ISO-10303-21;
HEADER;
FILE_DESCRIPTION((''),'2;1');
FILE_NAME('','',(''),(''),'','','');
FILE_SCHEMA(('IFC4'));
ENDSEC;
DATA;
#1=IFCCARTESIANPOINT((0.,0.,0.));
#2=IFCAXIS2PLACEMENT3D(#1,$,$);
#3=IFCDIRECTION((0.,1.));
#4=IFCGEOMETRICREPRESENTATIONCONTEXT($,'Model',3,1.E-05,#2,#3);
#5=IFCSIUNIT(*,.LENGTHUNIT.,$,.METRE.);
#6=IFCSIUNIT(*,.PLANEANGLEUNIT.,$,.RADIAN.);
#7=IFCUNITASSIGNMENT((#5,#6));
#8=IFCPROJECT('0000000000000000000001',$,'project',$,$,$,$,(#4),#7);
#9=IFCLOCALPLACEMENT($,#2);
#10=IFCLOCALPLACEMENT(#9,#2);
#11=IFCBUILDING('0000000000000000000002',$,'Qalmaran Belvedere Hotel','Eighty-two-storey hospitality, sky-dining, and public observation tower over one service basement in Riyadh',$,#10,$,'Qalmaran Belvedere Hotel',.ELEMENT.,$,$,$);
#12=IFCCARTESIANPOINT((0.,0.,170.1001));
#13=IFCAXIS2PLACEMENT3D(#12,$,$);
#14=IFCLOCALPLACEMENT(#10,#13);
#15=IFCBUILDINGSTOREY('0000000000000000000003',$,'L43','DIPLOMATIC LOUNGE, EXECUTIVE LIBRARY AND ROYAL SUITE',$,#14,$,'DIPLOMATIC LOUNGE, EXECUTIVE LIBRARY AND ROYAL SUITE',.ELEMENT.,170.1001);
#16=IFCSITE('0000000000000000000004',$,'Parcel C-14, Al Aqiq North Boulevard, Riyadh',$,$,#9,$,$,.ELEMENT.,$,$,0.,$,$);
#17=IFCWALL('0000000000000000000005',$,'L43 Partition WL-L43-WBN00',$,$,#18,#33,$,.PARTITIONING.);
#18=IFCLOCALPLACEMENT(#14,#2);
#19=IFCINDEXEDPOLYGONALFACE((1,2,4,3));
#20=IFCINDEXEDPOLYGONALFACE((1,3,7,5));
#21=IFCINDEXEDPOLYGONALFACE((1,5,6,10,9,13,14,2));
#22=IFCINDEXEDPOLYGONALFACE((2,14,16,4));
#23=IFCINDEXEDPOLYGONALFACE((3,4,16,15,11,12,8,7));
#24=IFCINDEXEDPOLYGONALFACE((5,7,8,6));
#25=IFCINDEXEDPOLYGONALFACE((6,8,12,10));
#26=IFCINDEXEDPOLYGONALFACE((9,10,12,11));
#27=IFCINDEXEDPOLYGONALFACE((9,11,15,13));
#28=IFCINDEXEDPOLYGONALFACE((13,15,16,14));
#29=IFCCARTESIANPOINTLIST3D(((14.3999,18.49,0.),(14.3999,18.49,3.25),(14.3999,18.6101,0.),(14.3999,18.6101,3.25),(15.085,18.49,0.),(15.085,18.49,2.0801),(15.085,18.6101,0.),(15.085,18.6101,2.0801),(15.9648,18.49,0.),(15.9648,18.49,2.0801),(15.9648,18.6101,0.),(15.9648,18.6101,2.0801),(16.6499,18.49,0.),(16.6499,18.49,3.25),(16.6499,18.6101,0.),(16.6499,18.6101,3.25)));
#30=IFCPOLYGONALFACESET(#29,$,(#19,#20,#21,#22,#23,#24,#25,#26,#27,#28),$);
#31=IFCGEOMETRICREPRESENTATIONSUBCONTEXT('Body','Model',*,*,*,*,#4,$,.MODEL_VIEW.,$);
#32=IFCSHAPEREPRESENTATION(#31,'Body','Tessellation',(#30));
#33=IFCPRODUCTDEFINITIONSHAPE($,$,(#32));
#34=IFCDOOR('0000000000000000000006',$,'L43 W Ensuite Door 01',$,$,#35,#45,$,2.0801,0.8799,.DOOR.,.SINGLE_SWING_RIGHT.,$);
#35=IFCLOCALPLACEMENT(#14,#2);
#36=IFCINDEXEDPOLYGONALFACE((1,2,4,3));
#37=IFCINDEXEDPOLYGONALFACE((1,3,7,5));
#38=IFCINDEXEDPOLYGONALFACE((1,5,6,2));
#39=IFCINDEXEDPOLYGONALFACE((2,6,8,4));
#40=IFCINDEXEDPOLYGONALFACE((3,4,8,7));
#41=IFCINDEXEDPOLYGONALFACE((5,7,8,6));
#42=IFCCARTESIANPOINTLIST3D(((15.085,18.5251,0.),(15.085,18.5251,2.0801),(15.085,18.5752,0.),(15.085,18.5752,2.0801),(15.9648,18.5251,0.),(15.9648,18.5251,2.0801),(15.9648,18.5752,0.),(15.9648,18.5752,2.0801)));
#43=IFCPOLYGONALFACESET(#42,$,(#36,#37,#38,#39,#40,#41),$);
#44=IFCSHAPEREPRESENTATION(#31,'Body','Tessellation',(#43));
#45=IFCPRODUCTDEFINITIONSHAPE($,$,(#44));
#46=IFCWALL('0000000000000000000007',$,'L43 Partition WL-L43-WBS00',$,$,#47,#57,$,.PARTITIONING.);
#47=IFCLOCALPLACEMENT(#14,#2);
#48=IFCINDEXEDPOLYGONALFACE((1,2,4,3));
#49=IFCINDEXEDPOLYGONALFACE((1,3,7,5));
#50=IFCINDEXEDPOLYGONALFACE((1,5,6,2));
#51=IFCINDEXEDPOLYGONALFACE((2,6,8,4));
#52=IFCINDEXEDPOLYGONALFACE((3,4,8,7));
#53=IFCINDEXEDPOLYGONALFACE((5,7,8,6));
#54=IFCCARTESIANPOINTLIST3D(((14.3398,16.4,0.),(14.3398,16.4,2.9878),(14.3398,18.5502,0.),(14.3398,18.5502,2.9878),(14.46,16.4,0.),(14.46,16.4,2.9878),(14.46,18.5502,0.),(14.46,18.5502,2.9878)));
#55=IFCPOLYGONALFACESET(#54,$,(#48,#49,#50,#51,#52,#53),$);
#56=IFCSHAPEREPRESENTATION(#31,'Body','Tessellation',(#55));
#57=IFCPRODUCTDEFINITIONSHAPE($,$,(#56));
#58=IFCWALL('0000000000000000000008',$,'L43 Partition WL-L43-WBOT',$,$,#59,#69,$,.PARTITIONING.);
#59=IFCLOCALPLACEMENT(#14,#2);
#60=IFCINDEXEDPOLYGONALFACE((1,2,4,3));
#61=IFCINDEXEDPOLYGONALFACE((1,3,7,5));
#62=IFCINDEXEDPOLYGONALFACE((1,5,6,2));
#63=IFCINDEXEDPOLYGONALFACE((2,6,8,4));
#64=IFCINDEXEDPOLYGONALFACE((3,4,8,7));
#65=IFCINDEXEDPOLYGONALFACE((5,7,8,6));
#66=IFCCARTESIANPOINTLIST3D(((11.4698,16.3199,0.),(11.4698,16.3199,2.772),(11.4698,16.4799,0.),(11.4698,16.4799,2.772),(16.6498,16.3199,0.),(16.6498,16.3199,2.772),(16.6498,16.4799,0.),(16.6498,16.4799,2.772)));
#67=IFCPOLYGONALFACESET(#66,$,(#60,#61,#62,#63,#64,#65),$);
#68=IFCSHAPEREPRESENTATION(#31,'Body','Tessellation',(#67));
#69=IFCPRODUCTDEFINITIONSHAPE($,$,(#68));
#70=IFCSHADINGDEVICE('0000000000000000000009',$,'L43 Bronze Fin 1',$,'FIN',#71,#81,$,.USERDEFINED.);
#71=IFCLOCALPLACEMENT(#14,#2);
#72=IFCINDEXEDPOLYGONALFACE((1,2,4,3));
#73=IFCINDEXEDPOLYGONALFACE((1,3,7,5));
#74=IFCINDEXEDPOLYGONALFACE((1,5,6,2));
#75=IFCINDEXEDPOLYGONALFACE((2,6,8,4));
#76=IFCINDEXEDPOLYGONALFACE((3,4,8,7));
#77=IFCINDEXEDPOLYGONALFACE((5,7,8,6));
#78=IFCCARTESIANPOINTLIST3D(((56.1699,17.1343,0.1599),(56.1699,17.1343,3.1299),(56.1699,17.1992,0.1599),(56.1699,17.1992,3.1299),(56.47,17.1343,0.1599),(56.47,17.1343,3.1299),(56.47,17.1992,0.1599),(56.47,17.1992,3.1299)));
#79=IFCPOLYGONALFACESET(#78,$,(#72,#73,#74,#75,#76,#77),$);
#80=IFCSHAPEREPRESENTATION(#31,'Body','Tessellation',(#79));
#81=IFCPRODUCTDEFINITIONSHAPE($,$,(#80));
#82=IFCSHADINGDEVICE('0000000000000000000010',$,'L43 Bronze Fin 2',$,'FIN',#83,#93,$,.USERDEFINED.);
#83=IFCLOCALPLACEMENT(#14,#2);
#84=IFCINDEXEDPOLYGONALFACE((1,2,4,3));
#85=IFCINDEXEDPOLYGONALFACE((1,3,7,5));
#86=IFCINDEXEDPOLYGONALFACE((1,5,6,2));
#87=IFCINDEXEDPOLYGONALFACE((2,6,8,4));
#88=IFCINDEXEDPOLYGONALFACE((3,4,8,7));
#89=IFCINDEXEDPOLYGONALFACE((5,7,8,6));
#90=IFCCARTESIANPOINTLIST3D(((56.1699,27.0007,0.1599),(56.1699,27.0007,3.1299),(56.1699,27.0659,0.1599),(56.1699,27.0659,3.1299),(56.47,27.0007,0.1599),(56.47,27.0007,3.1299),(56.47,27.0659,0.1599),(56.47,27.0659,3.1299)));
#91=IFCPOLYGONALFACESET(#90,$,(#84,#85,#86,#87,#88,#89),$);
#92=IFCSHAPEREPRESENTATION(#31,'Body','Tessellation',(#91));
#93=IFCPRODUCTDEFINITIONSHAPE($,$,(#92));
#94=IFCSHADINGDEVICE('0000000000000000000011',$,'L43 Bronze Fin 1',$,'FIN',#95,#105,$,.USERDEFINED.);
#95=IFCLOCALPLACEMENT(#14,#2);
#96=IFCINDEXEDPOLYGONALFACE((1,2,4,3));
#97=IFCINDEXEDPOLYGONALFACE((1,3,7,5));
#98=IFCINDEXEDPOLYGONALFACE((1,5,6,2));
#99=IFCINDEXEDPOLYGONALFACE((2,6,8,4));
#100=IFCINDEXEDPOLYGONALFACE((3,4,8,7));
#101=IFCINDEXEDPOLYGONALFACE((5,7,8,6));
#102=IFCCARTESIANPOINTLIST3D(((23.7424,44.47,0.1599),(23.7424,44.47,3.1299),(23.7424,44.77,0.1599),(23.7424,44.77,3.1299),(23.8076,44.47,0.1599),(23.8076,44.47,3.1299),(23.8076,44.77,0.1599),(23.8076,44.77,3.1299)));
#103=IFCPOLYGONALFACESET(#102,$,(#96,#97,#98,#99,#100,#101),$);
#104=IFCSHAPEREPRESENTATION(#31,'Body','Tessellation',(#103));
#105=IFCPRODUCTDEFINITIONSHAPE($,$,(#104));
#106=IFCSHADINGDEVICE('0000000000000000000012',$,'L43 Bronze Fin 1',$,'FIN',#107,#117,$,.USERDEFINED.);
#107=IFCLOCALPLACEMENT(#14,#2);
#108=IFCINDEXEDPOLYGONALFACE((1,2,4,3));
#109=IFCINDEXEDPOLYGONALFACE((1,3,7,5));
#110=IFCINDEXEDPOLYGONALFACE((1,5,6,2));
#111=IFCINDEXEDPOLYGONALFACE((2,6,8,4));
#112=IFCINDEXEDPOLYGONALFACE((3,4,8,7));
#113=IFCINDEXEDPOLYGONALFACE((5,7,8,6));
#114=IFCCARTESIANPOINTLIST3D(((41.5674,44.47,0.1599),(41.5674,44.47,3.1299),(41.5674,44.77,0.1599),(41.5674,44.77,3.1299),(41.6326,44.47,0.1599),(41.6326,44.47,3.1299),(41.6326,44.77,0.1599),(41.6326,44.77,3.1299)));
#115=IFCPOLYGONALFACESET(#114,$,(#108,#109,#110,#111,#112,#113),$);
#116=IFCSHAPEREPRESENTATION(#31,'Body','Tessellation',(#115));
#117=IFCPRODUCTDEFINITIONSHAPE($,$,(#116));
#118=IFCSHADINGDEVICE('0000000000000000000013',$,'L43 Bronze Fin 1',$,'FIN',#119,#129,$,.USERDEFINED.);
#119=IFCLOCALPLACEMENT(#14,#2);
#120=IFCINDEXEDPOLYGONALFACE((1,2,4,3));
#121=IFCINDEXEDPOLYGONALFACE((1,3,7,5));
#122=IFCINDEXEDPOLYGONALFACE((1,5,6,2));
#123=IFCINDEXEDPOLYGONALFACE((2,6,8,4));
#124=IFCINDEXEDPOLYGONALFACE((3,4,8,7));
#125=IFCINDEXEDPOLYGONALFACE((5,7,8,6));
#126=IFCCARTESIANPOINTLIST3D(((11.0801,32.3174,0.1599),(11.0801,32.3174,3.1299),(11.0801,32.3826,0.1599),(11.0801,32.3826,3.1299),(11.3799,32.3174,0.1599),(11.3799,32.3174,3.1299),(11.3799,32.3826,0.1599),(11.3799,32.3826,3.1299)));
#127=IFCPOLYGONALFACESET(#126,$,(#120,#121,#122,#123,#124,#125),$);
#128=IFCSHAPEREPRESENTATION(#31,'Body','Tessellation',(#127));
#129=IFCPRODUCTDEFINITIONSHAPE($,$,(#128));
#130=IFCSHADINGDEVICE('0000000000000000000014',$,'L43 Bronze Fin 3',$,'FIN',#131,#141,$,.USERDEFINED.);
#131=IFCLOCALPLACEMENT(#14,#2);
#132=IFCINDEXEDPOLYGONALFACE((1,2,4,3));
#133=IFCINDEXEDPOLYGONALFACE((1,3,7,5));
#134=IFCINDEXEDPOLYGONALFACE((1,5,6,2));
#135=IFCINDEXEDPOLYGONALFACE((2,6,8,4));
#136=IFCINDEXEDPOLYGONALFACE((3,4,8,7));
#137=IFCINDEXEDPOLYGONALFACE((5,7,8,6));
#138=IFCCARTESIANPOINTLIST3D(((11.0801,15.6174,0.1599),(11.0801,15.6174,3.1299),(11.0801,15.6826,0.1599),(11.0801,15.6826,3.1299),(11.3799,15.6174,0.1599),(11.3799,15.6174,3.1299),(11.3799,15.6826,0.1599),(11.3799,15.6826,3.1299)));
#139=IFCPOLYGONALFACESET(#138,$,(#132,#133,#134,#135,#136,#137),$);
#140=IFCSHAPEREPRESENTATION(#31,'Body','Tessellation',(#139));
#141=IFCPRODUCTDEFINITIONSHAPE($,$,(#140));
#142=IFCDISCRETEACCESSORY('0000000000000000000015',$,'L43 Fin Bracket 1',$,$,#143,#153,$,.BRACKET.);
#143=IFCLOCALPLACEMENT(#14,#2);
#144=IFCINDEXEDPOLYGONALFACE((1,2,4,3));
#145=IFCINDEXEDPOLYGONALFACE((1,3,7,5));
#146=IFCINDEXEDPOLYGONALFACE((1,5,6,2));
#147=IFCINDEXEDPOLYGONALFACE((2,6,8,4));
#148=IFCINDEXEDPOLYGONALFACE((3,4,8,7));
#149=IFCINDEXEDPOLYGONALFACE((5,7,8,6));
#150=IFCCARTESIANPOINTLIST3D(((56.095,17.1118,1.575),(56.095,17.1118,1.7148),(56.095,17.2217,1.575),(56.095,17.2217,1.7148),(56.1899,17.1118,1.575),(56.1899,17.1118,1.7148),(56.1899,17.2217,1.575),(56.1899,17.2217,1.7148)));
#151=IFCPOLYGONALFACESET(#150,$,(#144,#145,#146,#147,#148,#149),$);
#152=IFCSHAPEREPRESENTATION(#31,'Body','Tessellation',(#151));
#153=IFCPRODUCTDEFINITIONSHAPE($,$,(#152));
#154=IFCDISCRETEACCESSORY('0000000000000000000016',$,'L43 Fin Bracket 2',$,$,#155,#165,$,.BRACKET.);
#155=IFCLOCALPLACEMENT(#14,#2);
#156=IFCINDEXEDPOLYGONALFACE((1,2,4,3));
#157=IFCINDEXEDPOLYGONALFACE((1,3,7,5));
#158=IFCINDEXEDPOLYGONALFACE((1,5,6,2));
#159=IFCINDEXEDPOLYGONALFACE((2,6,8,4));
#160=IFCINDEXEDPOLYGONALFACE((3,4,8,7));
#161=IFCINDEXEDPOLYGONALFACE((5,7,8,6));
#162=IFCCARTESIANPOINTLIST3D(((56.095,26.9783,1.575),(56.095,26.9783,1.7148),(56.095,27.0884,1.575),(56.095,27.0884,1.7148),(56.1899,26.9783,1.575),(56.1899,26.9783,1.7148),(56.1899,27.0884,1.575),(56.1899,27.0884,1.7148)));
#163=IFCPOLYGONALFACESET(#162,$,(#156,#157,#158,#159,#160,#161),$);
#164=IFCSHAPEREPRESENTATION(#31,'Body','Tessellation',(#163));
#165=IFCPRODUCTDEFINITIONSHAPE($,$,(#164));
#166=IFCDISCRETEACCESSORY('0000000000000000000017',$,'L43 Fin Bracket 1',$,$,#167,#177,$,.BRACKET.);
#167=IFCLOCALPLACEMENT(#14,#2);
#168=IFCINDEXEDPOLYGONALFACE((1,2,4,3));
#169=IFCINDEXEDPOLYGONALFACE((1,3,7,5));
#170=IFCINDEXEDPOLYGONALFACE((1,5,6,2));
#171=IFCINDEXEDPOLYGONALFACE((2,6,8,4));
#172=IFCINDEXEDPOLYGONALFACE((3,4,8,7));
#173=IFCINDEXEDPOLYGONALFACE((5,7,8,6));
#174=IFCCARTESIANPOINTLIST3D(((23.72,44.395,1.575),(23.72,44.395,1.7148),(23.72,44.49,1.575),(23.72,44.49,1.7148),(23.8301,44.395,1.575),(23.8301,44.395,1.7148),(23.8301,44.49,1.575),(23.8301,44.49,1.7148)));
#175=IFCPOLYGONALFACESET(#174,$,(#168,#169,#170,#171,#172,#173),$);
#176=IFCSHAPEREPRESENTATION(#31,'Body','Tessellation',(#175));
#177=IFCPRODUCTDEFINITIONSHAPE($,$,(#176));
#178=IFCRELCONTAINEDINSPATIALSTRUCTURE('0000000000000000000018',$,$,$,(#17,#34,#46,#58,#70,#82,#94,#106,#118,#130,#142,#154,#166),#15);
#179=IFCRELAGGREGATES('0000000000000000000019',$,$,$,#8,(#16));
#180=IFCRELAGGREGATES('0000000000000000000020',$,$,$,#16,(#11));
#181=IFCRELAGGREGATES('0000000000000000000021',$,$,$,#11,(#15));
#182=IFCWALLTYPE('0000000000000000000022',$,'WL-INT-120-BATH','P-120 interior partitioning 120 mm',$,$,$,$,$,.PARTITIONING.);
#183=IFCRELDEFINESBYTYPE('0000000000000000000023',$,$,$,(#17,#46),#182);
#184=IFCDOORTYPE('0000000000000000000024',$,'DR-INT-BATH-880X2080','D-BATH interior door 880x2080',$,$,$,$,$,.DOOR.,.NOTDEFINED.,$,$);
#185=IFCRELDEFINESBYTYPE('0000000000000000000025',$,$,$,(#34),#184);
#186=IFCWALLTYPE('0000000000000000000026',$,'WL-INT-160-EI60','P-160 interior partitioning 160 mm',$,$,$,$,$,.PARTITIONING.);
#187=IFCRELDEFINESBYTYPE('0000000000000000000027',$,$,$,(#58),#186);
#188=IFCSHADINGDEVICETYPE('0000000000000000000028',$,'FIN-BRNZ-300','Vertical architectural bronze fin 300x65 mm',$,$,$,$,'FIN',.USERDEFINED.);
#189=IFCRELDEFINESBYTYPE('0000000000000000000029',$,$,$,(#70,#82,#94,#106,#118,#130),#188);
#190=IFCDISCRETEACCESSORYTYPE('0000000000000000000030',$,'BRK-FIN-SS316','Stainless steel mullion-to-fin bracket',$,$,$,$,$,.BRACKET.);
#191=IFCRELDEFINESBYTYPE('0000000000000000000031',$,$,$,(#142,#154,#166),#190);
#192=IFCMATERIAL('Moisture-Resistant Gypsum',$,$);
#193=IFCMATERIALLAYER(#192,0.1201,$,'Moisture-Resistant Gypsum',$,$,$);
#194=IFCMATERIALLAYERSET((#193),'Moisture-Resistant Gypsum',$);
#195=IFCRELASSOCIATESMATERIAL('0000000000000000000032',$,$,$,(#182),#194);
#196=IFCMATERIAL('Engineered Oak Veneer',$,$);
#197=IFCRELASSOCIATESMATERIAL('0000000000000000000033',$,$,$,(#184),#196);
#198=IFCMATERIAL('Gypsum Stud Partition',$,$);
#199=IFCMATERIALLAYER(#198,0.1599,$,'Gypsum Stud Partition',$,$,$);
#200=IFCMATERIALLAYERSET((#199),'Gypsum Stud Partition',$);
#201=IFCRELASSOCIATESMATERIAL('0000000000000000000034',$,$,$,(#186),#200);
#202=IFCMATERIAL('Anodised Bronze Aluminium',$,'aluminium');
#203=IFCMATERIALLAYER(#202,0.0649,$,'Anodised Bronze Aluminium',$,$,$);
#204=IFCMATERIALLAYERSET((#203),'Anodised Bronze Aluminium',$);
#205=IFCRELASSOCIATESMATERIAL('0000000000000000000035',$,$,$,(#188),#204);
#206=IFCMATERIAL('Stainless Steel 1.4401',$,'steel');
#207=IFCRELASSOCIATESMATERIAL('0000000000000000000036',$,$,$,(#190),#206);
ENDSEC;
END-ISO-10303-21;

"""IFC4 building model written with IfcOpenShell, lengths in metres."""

from ifc_helpers import new_model, si_unit, direction, frame, frame_2d, origin, place, context, subcontext, project, spatial, polyline, rectangle, outline, extrude, material, layer, layer_set, type_object, element, fill, save


model = new_model("IFC4")

# Units and contexts
model_context = context("Model", 3, precision=1e-05, world=origin(), true_north=direction((0.0, 1.0)))
body_context = subcontext(model_context, "Body", "Model", "MODEL_VIEW")
ifc_project = project(units=[si_unit("LENGTHUNIT", "METRE"), si_unit("PLANEANGLEUNIT", "RADIAN")], contexts=[model_context])

# Site, building, storey
site_placement = place(None, origin())
site = spatial("IfcSite", under=ifc_project, at=site_placement, Name="Parcel C-14, Al Aqiq North Boulevard, Riyadh", CompositionType="ELEMENT", RefElevation=0.0)
building_placement = place(site_placement, origin())
building = spatial("IfcBuilding", under=site, at=building_placement, Name="Qalmaran Belvedere Hotel", Description="Eighty-two-storey hospitality, sky-dining, and public observation tower over one service basement in Riyadh", LongName="Qalmaran Belvedere Hotel", CompositionType="ELEMENT")
storey_placement = place(building_placement, frame((0.0, 0.0, 170.1001)))
storey = spatial("IfcBuildingStorey", under=building, at=storey_placement, Name="L43", Description="DIPLOMATIC LOUNGE, EXECUTIVE LIBRARY AND ROYAL SUITE", LongName="DIPLOMATIC LOUNGE, EXECUTIVE LIBRARY AND ROYAL SUITE", CompositionType="ELEMENT", Elevation=170.1001)

# Shared definitions
ifc_material_1 = material(Name="Anodised Bronze Aluminium", Category="aluminium")

# Wall, opening, door
ifc_material_2 = material(Name="Moisture-Resistant Gypsum")
ifc_layer_1 = layer(ifc_material_2, 0.1201, Name="Moisture-Resistant Gypsum")
ifc_layer_set_1 = layer_set([ifc_layer_1], Name="Moisture-Resistant Gypsum")
wall_type_1 = type_object("IfcWallType", Name="WL-INT-120-BATH", Description="P-120 interior partitioning 120 mm", PredefinedType="PARTITIONING", material=ifc_layer_set_1)
wall_1_placement = place(storey_placement, frame((14.3999, 18.55, 0.0), z_axis=(0.0, 0.0, 1.0), x_axis=(1.0, 0.0, 0.0)))
wall_1 = element("IfcWall", 1, at=wall_1_placement, inside=storey, type_object=wall_type_1, Name="L43 Partition WL-L43-WBN00", PredefinedType="PARTITIONING", context=body_context, shape_type="SweptSolid", body=[
    extrude(rectangle(XDim=2.25, YDim=0.1201, at=frame_2d((1.125, 0.0))), origin(), (0.0, 0.0, 1.0), 3.25),
])
opening_1_placement = place(wall_1_placement, frame((1.5649, 0.0, 0.0), z_axis=(0.0, 0.0, 1.0), x_axis=(-1.0, 0.0, 0.0)))
opening_1 = element("IfcOpeningElement", 2, at=opening_1_placement, cuts=wall_1, PredefinedType="OPENING", context=body_context, shape_type="SweptSolid", body=[
    extrude(rectangle(XDim=0.8799, YDim=2.0801, at=frame_2d((0.4399, 1.04))), frame((0.0, 0.0701, 0.0), z_axis=(0.0, -1.0, 0.0), x_axis=(1.0, 0.0, 0.0)), (0.0, 0.0, 1.0), 0.1401),
])
ifc_material_3 = material(Name="Engineered Oak Veneer")
door_type = type_object("IfcDoorType", Name="DR-INT-BATH-880X2080", Description="D-BATH interior door 880x2080", OperationType="NOTDEFINED", PredefinedType="DOOR", material=ifc_material_3)
door_placement = place(opening_1_placement, origin())
door = element("IfcDoor", 3, at=door_placement, inside=storey, type_object=door_type, Name="L43 W Ensuite Door 01", OperationType="SINGLE_SWING_RIGHT", OverallHeight=2.0801, OverallWidth=0.8799, PredefinedType="DOOR", context=body_context, shape_type="SweptSolid", body=[
    extrude(rectangle(XDim=0.8799, YDim=2.0801, at=frame_2d((0.4399, 1.04))), frame((0.0, 0.0249, 0.0), z_axis=(0.0, -1.0, 0.0), x_axis=(1.0, 0.0, 0.0)), (0.0, 0.0, 1.0), 0.05),
])
fill(opening_1, door)

# Walls
wall_2_placement = place(storey_placement, frame((14.3999, 16.3999, 0.0), z_axis=(0.0, 0.0, 1.0), x_axis=(0.0, 1.0, 0.0)))
element("IfcWall", 4, at=wall_2_placement, inside=storey, type_object=wall_type_1, Name="L43 Partition WL-L43-WBS00", PredefinedType="PARTITIONING", context=body_context, shape_type="SweptSolid", body=[
    extrude(rectangle(XDim=2.1501, YDim=0.1201, at=frame_2d((1.0752, 0.0))), origin(), (0.0, 0.0, 1.0), 2.9878),
])
ifc_material_4 = material(Name="Gypsum Stud Partition")
ifc_layer_2 = layer(ifc_material_4, 0.1599, Name="Gypsum Stud Partition")
ifc_layer_set_2 = layer_set([ifc_layer_2], Name="Gypsum Stud Partition")
wall_type_2 = type_object("IfcWallType", Name="WL-INT-160-EI60", Description="P-160 interior partitioning 160 mm", PredefinedType="PARTITIONING", material=ifc_layer_set_2)
wall_3_placement = place(storey_placement, frame((11.47, 16.3999, 0.0), z_axis=(0.0, 0.0, 1.0), x_axis=(1.0, 0.0, 0.0)))
element("IfcWall", 5, at=wall_3_placement, inside=storey, type_object=wall_type_2, Name="L43 Partition WL-L43-WBOT", PredefinedType="PARTITIONING", context=body_context, shape_type="SweptSolid", body=[
    extrude(rectangle(XDim=5.1799, YDim=0.1599, at=frame_2d((2.5898, 0.0))), origin(), (0.0, 0.0, 1.0), 2.772),
])

# Shading devices
ifc_layer_3 = layer(ifc_material_1, 0.0649, Name="Anodised Bronze Aluminium")
ifc_layer_set_3 = layer_set([ifc_layer_3], Name="Anodised Bronze Aluminium")
shading_device_type = type_object("IfcShadingDeviceType", Name="FIN-BRNZ-300", Description="Vertical architectural bronze fin 300x65 mm", ElementType="FIN", PredefinedType="USERDEFINED", material=ifc_layer_set_3)
shading_device_1_placement = place(storey_placement, frame((0.0, 0.0, 0.1599)))
element("IfcShadingDevice", 6, at=shading_device_1_placement, inside=storey, type_object=shading_device_type, Name="L43 Bronze Fin 1", ObjectType="FIN", PredefinedType="USERDEFINED", context=body_context, shape_type="SweptSolid", body=[
    extrude(outline(polyline([(56.1699, 17.1343), (56.47, 17.1343), (56.47, 17.1992), (56.1699, 17.1992), (56.1699, 17.1343)])), origin(), (0.0, 0.0, 1.0), 2.97),
])
shading_device_2_placement = place(storey_placement, frame((0.0, 0.0, 0.1599)))
element("IfcShadingDevice", 7, at=shading_device_2_placement, inside=storey, type_object=shading_device_type, Name="L43 Bronze Fin 2", ObjectType="FIN", PredefinedType="USERDEFINED", context=body_context, shape_type="SweptSolid", body=[
    extrude(outline(polyline([(56.1699, 27.0007), (56.47, 27.0007), (56.47, 27.0659), (56.1699, 27.0659), (56.1699, 27.0007)])), origin(), (0.0, 0.0, 1.0), 2.97),
])
shading_device_3_placement = place(storey_placement, frame((0.0, 0.0, 0.1599)))
element("IfcShadingDevice", 8, at=shading_device_3_placement, inside=storey, type_object=shading_device_type, Name="L43 Bronze Fin 1", ObjectType="FIN", PredefinedType="USERDEFINED", context=body_context, shape_type="SweptSolid", body=[
    extrude(outline(polyline([(23.8076, 44.47), (23.8076, 44.77), (23.7424, 44.77), (23.7424, 44.47), (23.8076, 44.47)])), origin(), (0.0, 0.0, 1.0), 2.97),
])
shading_device_4_placement = place(storey_placement, frame((0.0, 0.0, 0.1599)))
element("IfcShadingDevice", 9, at=shading_device_4_placement, inside=storey, type_object=shading_device_type, Name="L43 Bronze Fin 1", ObjectType="FIN", PredefinedType="USERDEFINED", context=body_context, shape_type="SweptSolid", body=[
    extrude(outline(polyline([(41.6326, 44.47), (41.6326, 44.77), (41.5674, 44.77), (41.5674, 44.47), (41.6326, 44.47)])), origin(), (0.0, 0.0, 1.0), 2.97),
])
shading_device_5_placement = place(storey_placement, frame((0.0, 0.0, 0.1599)))
element("IfcShadingDevice", 10, at=shading_device_5_placement, inside=storey, type_object=shading_device_type, Name="L43 Bronze Fin 1", ObjectType="FIN", PredefinedType="USERDEFINED", context=body_context, shape_type="SweptSolid", body=[
    extrude(outline(polyline([(11.3799, 32.3826), (11.0801, 32.3826), (11.0801, 32.3174), (11.3799, 32.3174), (11.3799, 32.3826)])), origin(), (0.0, 0.0, 1.0), 2.97),
])
shading_device_6_placement = place(storey_placement, frame((0.0, 0.0, 0.1599)))
element("IfcShadingDevice", 11, at=shading_device_6_placement, inside=storey, type_object=shading_device_type, Name="L43 Bronze Fin 3", ObjectType="FIN", PredefinedType="USERDEFINED", context=body_context, shape_type="SweptSolid", body=[
    extrude(outline(polyline([(11.3799, 15.6826), (11.0801, 15.6826), (11.0801, 15.6174), (11.3799, 15.6174), (11.3799, 15.6826)])), origin(), (0.0, 0.0, 1.0), 2.97),
])

# Discrete accessories
ifc_material_5 = material(Name="Stainless Steel 1.4401", Category="steel")
discrete_accessory_type_1 = type_object("IfcDiscreteAccessoryType", Name="BRK-FIN-SS316", Description="Stainless steel mullion-to-fin bracket", PredefinedType="BRACKET", material=ifc_material_5)
discrete_accessory_1_placement = place(storey_placement, frame((0.0, 0.0, 1.575)))
element("IfcDiscreteAccessory", 12, at=discrete_accessory_1_placement, inside=storey, type_object=discrete_accessory_type_1, Name="L43 Fin Bracket 1", PredefinedType="BRACKET", context=body_context, shape_type="SweptSolid", body=[
    extrude(outline(polyline([(56.095, 17.1118), (56.1899, 17.1118), (56.1899, 17.2217), (56.095, 17.2217), (56.095, 17.1118)])), origin(), (0.0, 0.0, 1.0), 0.1399),
])
discrete_accessory_2_placement = place(storey_placement, frame((0.0, 0.0, 1.575)))
element("IfcDiscreteAccessory", 13, at=discrete_accessory_2_placement, inside=storey, type_object=discrete_accessory_type_1, Name="L43 Fin Bracket 2", PredefinedType="BRACKET", context=body_context, shape_type="SweptSolid", body=[
    extrude(outline(polyline([(56.095, 26.9783), (56.1899, 26.9783), (56.1899, 27.0884), (56.095, 27.0884), (56.095, 26.9783)])), origin(), (0.0, 0.0, 1.0), 0.1399),
])
discrete_accessory_3_placement = place(storey_placement, frame((0.0, 0.0, 1.575)))
element("IfcDiscreteAccessory", 14, at=discrete_accessory_3_placement, inside=storey, type_object=discrete_accessory_type_1, Name="L43 Fin Bracket 1", PredefinedType="BRACKET", context=body_context, shape_type="SweptSolid", body=[
    extrude(outline(polyline([(23.8301, 44.395), (23.8301, 44.49), (23.72, 44.49), (23.72, 44.395), (23.8301, 44.395)])), origin(), (0.0, 0.0, 1.0), 0.1399),
])

save(model, "model.ifc")
